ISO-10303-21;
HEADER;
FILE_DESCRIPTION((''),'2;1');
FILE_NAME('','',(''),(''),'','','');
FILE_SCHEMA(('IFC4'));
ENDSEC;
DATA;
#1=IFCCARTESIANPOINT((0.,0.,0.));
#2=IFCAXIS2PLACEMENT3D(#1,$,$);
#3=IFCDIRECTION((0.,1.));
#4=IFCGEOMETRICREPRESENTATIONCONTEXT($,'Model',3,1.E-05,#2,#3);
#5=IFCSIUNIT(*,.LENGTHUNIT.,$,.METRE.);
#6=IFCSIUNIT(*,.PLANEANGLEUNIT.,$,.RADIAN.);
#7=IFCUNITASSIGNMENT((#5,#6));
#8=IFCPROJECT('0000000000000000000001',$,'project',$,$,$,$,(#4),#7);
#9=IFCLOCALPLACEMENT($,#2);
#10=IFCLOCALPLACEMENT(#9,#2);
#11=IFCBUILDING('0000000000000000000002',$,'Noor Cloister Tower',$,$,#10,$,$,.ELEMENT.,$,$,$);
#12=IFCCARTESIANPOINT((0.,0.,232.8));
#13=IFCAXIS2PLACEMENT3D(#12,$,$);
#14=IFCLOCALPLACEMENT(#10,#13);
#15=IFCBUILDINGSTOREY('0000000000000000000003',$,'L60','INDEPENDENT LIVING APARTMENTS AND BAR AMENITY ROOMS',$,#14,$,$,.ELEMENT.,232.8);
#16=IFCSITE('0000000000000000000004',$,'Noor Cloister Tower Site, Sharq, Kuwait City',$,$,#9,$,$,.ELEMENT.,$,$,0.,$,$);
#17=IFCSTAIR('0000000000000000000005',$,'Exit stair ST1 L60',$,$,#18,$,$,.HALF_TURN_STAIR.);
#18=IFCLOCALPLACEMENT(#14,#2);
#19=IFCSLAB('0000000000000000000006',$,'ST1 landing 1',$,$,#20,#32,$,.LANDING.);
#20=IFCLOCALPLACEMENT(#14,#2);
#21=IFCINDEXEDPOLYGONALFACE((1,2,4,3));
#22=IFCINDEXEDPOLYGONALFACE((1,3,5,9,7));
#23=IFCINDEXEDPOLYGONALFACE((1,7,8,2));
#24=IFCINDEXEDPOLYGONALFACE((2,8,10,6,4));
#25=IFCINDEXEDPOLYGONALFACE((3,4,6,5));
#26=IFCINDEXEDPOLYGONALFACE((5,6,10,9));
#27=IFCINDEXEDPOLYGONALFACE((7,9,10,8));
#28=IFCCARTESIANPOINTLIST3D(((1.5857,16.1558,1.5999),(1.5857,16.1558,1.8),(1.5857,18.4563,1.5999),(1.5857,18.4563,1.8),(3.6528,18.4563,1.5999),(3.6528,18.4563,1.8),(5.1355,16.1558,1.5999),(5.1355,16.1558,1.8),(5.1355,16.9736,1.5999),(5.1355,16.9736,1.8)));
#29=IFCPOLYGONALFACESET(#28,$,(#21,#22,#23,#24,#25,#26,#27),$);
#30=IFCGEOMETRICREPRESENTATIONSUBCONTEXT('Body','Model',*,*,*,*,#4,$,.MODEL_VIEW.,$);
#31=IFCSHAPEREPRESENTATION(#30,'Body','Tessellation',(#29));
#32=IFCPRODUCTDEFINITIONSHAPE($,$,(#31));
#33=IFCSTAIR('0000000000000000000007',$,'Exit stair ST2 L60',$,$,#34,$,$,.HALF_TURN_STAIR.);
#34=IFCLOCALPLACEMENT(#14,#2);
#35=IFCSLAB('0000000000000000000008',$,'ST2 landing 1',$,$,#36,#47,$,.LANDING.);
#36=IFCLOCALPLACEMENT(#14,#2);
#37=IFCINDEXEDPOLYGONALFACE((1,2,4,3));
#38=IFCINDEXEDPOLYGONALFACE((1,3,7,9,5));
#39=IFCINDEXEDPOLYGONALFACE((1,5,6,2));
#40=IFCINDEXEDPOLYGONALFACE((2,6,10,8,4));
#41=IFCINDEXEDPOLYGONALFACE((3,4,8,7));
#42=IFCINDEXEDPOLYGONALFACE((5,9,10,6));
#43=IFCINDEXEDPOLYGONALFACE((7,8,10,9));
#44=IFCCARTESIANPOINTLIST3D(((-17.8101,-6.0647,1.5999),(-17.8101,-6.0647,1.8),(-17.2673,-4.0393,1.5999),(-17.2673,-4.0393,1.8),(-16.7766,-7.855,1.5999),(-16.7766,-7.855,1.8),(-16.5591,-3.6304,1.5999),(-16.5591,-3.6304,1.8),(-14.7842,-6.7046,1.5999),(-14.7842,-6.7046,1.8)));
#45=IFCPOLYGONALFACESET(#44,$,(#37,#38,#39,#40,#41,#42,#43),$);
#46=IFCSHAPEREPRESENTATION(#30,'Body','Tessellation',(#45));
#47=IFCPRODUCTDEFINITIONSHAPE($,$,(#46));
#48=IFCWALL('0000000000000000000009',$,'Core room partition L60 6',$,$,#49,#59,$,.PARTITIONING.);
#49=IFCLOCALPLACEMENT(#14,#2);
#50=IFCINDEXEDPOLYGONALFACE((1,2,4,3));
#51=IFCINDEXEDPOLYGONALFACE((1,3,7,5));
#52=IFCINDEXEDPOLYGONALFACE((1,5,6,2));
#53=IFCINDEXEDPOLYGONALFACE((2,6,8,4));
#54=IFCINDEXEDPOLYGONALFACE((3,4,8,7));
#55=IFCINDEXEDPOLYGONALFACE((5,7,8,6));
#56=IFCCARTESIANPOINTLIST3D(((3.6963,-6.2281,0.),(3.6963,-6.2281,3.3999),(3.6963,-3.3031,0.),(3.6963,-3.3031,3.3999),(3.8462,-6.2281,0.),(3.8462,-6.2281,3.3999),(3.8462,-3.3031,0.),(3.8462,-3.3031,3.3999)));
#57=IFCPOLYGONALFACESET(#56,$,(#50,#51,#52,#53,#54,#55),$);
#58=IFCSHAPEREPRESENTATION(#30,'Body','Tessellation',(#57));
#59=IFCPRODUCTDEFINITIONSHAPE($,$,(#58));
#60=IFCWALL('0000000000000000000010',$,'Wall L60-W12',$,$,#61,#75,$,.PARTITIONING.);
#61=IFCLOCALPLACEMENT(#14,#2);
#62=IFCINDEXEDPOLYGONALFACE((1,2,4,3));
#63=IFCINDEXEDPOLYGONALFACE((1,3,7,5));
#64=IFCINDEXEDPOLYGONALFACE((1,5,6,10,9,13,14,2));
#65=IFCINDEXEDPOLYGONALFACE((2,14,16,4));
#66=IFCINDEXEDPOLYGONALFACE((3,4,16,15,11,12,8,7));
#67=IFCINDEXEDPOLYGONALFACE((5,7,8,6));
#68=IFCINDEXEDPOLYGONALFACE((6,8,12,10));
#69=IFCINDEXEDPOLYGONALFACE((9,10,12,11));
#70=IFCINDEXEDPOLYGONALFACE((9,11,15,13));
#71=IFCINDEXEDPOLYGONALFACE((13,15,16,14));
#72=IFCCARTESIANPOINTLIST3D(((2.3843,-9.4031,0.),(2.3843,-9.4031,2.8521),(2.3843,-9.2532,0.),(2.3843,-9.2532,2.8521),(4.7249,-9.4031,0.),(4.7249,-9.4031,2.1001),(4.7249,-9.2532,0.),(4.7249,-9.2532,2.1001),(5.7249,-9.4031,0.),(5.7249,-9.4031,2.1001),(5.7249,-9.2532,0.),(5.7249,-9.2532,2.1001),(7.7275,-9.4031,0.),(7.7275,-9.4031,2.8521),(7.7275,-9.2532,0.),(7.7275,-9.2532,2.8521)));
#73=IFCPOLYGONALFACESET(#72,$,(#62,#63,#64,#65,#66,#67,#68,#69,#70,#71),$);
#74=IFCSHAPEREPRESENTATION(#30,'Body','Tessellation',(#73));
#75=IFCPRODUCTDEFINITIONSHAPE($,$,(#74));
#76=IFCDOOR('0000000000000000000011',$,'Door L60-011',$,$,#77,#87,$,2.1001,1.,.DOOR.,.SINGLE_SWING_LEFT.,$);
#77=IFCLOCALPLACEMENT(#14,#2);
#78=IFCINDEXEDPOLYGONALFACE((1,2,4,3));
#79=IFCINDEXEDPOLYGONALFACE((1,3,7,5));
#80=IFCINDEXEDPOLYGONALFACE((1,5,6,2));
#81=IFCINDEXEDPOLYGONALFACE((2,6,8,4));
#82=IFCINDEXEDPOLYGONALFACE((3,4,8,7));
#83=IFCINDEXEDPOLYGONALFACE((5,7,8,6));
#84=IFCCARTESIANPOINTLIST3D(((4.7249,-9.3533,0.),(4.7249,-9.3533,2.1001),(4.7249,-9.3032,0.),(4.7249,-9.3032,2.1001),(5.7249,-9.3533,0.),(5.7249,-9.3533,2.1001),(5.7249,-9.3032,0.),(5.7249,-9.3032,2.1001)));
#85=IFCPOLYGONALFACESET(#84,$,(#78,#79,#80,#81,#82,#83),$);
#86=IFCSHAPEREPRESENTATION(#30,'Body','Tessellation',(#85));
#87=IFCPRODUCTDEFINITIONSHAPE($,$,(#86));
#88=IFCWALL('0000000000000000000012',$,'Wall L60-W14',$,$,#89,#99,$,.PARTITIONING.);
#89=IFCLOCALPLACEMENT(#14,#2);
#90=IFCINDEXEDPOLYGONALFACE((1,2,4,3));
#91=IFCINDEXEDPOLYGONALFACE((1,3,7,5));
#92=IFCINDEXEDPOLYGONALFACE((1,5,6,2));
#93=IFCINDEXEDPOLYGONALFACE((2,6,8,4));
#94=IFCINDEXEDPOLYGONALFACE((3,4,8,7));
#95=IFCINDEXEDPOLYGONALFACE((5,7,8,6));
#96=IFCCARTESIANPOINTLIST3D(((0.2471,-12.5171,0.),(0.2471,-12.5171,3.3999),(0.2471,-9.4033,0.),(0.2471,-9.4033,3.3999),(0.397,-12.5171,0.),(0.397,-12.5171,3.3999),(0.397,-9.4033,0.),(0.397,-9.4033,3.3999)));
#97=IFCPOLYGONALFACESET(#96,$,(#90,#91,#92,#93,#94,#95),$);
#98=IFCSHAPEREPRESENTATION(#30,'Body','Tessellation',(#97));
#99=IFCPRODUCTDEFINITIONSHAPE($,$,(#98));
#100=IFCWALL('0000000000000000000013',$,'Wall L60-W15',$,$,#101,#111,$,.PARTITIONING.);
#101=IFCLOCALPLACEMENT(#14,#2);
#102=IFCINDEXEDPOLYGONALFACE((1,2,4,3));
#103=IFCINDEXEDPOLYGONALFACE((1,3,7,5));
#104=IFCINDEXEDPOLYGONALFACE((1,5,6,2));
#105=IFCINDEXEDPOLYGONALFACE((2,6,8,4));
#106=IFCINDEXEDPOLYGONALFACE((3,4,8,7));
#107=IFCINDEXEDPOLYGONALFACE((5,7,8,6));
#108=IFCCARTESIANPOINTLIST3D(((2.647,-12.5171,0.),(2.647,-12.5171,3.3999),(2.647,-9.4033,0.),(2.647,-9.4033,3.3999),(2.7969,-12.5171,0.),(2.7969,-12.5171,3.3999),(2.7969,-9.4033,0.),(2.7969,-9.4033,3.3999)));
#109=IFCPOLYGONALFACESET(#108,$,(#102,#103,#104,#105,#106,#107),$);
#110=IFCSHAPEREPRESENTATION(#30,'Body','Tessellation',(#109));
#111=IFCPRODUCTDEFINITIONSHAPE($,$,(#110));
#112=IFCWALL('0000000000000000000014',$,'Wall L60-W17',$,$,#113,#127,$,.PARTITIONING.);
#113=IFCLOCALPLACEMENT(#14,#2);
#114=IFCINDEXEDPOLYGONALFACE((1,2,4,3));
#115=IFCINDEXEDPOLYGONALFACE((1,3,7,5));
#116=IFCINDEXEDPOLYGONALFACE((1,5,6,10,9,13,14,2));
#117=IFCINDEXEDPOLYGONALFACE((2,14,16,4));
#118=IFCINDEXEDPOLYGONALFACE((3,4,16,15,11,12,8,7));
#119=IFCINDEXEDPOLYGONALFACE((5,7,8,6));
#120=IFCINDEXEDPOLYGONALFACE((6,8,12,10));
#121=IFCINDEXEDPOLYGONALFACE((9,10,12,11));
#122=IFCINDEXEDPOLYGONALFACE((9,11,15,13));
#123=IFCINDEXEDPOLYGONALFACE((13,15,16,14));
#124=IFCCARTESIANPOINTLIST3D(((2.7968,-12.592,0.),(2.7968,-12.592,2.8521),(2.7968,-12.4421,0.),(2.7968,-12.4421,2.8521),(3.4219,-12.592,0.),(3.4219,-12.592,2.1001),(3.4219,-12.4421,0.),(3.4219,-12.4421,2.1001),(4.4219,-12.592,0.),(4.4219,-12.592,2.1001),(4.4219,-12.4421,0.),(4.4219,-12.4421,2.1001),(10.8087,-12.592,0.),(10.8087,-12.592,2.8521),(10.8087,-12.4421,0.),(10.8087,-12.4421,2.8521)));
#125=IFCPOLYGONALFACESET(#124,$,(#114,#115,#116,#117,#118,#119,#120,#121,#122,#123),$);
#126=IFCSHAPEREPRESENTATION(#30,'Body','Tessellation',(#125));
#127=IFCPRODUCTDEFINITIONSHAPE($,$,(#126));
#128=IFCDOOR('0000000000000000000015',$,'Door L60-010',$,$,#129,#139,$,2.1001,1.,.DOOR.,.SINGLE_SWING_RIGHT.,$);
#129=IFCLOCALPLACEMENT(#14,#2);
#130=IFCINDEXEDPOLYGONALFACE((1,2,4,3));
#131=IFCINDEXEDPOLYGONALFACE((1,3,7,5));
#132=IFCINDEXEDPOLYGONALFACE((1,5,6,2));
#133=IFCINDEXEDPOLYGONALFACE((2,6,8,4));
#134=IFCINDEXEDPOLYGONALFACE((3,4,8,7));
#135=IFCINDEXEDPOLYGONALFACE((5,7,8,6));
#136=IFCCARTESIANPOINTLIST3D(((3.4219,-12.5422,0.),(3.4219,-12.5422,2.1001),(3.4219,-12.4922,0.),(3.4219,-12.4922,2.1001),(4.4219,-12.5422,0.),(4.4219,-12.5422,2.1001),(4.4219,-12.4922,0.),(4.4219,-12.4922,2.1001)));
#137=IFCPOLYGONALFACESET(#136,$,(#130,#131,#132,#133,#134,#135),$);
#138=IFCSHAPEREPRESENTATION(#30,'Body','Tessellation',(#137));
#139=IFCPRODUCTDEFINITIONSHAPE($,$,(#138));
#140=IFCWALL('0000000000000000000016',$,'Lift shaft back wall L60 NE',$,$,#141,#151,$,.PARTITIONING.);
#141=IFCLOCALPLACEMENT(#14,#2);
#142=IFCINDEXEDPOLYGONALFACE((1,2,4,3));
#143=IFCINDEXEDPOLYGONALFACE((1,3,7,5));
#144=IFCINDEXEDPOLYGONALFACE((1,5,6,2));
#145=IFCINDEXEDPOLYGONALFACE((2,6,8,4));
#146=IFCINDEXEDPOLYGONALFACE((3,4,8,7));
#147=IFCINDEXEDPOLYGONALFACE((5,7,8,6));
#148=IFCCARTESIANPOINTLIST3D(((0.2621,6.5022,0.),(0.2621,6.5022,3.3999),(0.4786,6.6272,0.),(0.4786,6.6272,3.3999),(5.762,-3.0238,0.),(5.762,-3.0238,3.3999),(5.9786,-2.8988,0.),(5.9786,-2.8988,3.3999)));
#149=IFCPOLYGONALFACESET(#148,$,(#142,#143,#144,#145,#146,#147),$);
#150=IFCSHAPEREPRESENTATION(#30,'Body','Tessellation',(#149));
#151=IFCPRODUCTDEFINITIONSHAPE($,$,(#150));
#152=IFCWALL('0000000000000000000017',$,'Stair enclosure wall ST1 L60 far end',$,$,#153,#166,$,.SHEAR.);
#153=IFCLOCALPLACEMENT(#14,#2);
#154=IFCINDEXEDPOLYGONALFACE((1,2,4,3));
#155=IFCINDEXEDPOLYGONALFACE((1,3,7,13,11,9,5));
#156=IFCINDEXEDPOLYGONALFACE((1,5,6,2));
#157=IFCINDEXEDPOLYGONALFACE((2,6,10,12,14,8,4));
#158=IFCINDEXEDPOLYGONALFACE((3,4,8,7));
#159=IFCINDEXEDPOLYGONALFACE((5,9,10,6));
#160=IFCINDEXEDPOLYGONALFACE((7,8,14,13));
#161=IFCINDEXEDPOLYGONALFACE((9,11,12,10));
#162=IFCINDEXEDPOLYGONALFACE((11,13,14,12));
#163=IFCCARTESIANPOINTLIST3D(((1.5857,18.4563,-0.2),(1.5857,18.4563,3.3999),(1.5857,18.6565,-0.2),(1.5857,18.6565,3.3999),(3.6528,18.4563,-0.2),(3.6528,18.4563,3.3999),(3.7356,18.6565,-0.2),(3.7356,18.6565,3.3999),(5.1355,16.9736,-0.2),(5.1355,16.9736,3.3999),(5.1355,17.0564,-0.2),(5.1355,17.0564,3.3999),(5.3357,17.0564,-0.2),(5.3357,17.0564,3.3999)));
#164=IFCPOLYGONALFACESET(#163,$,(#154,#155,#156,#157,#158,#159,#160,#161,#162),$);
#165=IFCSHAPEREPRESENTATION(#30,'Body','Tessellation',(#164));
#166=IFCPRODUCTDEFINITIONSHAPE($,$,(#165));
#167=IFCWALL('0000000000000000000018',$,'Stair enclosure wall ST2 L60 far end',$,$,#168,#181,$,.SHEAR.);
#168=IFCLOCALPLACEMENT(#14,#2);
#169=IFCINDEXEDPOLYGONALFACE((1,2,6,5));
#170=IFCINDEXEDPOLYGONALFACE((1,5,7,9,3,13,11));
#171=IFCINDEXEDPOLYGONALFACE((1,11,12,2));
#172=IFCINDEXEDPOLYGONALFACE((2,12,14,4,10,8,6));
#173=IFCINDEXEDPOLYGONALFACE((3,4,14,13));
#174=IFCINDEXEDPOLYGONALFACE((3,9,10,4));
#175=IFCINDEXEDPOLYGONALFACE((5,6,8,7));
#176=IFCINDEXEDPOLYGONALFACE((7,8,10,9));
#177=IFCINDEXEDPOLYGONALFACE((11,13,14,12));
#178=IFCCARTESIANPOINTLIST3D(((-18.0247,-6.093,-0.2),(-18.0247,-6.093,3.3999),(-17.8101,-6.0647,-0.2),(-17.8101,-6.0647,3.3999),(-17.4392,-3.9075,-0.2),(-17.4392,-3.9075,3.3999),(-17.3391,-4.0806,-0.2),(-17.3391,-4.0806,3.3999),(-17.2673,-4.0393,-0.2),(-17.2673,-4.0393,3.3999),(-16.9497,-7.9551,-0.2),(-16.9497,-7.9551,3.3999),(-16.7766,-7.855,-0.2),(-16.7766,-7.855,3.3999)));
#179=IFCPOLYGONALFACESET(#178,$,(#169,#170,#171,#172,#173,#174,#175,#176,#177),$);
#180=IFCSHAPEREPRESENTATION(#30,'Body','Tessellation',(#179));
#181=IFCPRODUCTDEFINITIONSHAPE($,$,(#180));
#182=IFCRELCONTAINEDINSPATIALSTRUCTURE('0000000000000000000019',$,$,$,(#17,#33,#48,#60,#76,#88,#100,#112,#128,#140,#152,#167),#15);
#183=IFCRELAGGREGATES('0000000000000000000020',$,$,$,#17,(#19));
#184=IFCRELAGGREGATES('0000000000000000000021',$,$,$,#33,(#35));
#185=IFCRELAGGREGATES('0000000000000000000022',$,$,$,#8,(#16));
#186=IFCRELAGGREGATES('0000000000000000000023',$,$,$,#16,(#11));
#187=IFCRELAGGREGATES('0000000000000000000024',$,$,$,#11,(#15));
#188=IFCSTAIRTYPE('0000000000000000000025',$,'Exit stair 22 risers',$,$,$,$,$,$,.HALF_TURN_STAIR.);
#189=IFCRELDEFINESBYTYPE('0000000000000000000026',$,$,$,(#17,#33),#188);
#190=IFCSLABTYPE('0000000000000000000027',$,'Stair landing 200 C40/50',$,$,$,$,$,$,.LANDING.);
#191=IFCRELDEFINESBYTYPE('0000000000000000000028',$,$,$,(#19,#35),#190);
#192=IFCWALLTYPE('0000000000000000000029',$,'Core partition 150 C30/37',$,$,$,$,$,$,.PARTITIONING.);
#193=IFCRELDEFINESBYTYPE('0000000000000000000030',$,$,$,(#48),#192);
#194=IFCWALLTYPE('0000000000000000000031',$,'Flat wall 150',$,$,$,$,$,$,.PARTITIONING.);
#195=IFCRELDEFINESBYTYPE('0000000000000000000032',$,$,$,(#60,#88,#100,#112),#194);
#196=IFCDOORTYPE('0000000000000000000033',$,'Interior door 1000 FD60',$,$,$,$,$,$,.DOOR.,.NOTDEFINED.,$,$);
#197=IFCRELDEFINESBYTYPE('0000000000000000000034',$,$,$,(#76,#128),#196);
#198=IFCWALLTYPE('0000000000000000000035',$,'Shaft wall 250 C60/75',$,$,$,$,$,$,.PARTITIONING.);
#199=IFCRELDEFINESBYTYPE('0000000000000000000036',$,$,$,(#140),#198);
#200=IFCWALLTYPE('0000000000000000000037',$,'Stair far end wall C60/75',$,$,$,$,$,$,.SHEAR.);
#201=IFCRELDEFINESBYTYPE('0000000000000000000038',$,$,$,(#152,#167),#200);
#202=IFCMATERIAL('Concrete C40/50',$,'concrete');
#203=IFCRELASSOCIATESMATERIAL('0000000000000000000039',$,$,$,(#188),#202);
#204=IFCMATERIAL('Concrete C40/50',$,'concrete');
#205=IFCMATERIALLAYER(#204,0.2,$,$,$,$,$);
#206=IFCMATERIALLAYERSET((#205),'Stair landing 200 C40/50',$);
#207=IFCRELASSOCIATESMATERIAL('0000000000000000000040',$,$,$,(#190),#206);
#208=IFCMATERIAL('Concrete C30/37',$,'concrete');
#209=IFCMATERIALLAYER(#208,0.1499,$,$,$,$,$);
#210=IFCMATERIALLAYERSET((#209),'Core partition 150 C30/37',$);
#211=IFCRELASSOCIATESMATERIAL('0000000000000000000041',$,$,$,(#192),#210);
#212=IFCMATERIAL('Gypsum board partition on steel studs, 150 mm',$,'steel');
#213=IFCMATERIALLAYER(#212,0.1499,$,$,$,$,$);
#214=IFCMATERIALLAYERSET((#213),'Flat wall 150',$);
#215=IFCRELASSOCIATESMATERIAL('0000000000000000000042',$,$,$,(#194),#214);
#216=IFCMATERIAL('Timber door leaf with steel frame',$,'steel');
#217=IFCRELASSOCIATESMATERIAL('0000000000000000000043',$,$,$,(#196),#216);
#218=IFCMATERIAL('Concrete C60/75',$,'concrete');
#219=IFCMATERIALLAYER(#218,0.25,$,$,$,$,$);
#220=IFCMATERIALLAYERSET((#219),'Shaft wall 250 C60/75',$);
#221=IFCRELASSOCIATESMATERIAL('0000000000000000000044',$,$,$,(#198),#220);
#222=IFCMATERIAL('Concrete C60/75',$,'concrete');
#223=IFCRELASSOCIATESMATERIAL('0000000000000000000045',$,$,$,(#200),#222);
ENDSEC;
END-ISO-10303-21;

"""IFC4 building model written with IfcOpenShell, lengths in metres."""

from ifc_helpers import new_model, si_unit, direction, frame, frame_2d, origin, place, context, subcontext, project, spatial, polyline, rectangle, outline, extrude, material, layer, layer_set, type_object, element, fill, aggregate, save


model = new_model("IFC4")

# Units and contexts
model_context = context("Model", 3, precision=1e-05, world=origin(), true_north=direction((0.0, 1.0)))
body_context = subcontext(model_context, "Body", "Model", "MODEL_VIEW")
ifc_project = project(units=[si_unit("LENGTHUNIT", "METRE"), si_unit("PLANEANGLEUNIT", "RADIAN")], contexts=[model_context])

# Site, building, storey
site_placement = place(None, origin())
site = spatial("IfcSite", under=ifc_project, at=site_placement, Name="Noor Cloister Tower Site, Sharq, Kuwait City", CompositionType="ELEMENT", RefElevation=0.0)
building_placement = place(site_placement, origin())
building = spatial("IfcBuilding", under=site, at=building_placement, Name="Noor Cloister Tower", CompositionType="ELEMENT")
storey_placement = place(building_placement, frame((0.0, 0.0, 232.8)))
storey = spatial("IfcBuildingStorey", under=building, at=storey_placement, Name="L60", Description="INDEPENDENT LIVING APARTMENTS AND BAR AMENITY ROOMS", CompositionType="ELEMENT", Elevation=232.8)

# Stairs, slabs
ifc_material_1 = material(Name="Concrete C40/50", Category="concrete")
stair_type = type_object("IfcStairType", Name="Exit stair 22 risers", PredefinedType="HALF_TURN_STAIR", material=ifc_material_1)
stair_1_placement = place(storey_placement, origin())
stair_1 = element("IfcStair", 1, at=stair_1_placement, inside=storey, type_object=stair_type, Name="Exit stair ST1 L60", PredefinedType="HALF_TURN_STAIR")
ifc_material_2 = material(Name="Concrete C40/50", Category="concrete")
ifc_layer_1 = layer(ifc_material_2, 0.2)
ifc_layer_set_1 = layer_set([ifc_layer_1], Name="Stair landing 200 C40/50")
slab_type_1 = type_object("IfcSlabType", Name="Stair landing 200 C40/50", PredefinedType="LANDING", material=ifc_layer_set_1)
slab_1_placement = place(storey_placement, frame((0.0, 0.0, 1.5999)))
slab_1 = element("IfcSlab", 2, at=slab_1_placement, type_object=slab_type_1, Name="ST1 landing 1", PredefinedType="LANDING", context=body_context, shape_type="SweptSolid", body=[
    extrude(outline(polyline([(5.1355, 16.1558), (5.1355, 16.9736), (3.6528, 18.4563), (1.5857, 18.4563), (1.5857, 16.1558), (5.1355, 16.1558)])), origin(), (0.0, 0.0, 1.0), 0.2002),
])
aggregate(stair_1, [slab_1])
stair_2_placement = place(storey_placement, origin())
stair_2 = element("IfcStair", 3, at=stair_2_placement, inside=storey, type_object=stair_type, Name="Exit stair ST2 L60", PredefinedType="HALF_TURN_STAIR")
slab_2_placement = place(storey_placement, frame((0.0, 0.0, 1.5999)))
slab_2 = element("IfcSlab", 4, at=slab_2_placement, type_object=slab_type_1, Name="ST2 landing 1", PredefinedType="LANDING", context=body_context, shape_type="SweptSolid", body=[
    extrude(outline(polyline([(-16.5591, -3.6304), (-17.2673, -4.0393), (-17.8101, -6.0647), (-16.7766, -7.855), (-14.7842, -6.7046), (-16.5591, -3.6304)])), origin(), (0.0, 0.0, 1.0), 0.2002),
])
aggregate(stair_2, [slab_2])

# Wall
ifc_material_3 = material(Name="Concrete C30/37", Category="concrete")
ifc_layer_2 = layer(ifc_material_3, 0.1499)
ifc_layer_set_2 = layer_set([ifc_layer_2], Name="Core partition 150 C30/37")
wall_type_1 = type_object("IfcWallType", Name="Core partition 150 C30/37", PredefinedType="PARTITIONING", material=ifc_layer_set_2)
wall_1_placement = place(storey_placement, frame((3.7712, -3.3032, 0.0), z_axis=(0.0, 0.0, 1.0), x_axis=(0.0, -1.0, 0.0)))
element("IfcWall", 5, at=wall_1_placement, inside=storey, type_object=wall_type_1, Name="Core room partition L60 6", PredefinedType="PARTITIONING", context=body_context, shape_type="SweptSolid", body=[
    extrude(rectangle(XDim=2.925, YDim=0.1499, at=frame_2d((1.4624, 0.0))), origin(), (0.0, 0.0, 1.0), 3.3999),
])

# Wall, opening, door
ifc_material_4 = material(Name="Gypsum board partition on steel studs, 150 mm", Category="steel")
ifc_layer_3 = layer(ifc_material_4, 0.1499)
ifc_layer_set_3 = layer_set([ifc_layer_3], Name="Flat wall 150")
wall_type_2 = type_object("IfcWallType", Name="Flat wall 150", PredefinedType="PARTITIONING", material=ifc_layer_set_3)
wall_2_placement = place(storey_placement, frame((2.3843, -9.3281, 0.0), z_axis=(0.0, 0.0, 1.0), x_axis=(1.0, 0.0, 0.0)))
wall_2 = element("IfcWall", 6, at=wall_2_placement, inside=storey, type_object=wall_type_2, Name="Wall L60-W12", PredefinedType="PARTITIONING", context=body_context, shape_type="SweptSolid", body=[
    extrude(rectangle(XDim=5.3433, YDim=0.1499, at=frame_2d((2.6716, 0.0))), origin(), (0.0, 0.0, 1.0), 2.8521),
])
opening_1_placement = place(wall_2_placement, frame((2.3406, 0.0, 0.0)))
opening_1 = element("IfcOpeningElement", 7, at=opening_1_placement, cuts=wall_2, PredefinedType="OPENING", context=body_context, shape_type="SweptSolid", body=[
    extrude(rectangle(XDim=1.0, YDim=2.1001, at=frame_2d((0.5, 1.05))), frame((0.0, 0.085, 0.0), z_axis=(0.0, -1.0, 0.0), x_axis=(1.0, 0.0, 0.0)), (0.0, 0.0, 1.0), 0.1699),
])
ifc_material_5 = material(Name="Timber door leaf with steel frame", Category="steel")
door_type = type_object("IfcDoorType", Name="Interior door 1000 FD60", OperationType="NOTDEFINED", PredefinedType="DOOR", material=ifc_material_5)
door_1_placement = place(opening_1_placement, origin())
door_1 = element("IfcDoor", 8, at=door_1_placement, inside=storey, type_object=door_type, Name="Door L60-011", OperationType="SINGLE_SWING_LEFT", OverallHeight=2.1001, OverallWidth=1.0, PredefinedType="DOOR", context=body_context, shape_type="SweptSolid", body=[
    extrude(rectangle(XDim=1.0, YDim=2.1001, at=frame_2d((0.5, 1.05))), frame((0.0, 0.0249, 0.0), z_axis=(0.0, -1.0, 0.0), x_axis=(1.0, 0.0, 0.0)), (0.0, 0.0, 1.0), 0.05),
])
fill(opening_1, door_1)

# Walls
for number, where, z_axis, x_axis, name in (
    (9, (0.322, -9.4033, 0.0), (0.0, 0.0, 1.0), (0.0, -1.0, 0.0), "Wall L60-W14"),
    (10, (2.7219, -9.4033, 0.0), (0.0, 0.0, 1.0), (0.0, -1.0, 0.0), "Wall L60-W15"),
):
    element("IfcWall", number, at=place(storey_placement, frame(where, z_axis=z_axis, x_axis=x_axis)), inside=storey, type_object=wall_type_2, Name=name, PredefinedType="PARTITIONING", context=body_context, shape_type="SweptSolid", body=[
        extrude(rectangle(XDim=3.1138, YDim=0.1499, at=frame_2d((1.5569, 0.0))), origin(), (0.0, 0.0, 1.0), 3.3999),
    ])

# Wall, opening, door
wall_3_placement = place(storey_placement, frame((2.7969, -12.5171, 0.0), z_axis=(0.0, 0.0, 1.0), x_axis=(1.0, 0.0, 0.0)))
wall_3 = element("IfcWall", 11, at=wall_3_placement, inside=storey, type_object=wall_type_2, Name="Wall L60-W17", PredefinedType="PARTITIONING", context=body_context, shape_type="SweptSolid", body=[
    extrude(rectangle(XDim=8.012, YDim=0.1499, at=frame_2d((4.0059, 0.0))), origin(), (0.0, 0.0, 1.0), 2.8521),
])
opening_2_placement = place(wall_3_placement, frame((0.625, 0.0, 0.0)))
opening_2 = element("IfcOpeningElement", 12, at=opening_2_placement, cuts=wall_3, PredefinedType="OPENING", context=body_context, shape_type="SweptSolid", body=[
    extrude(rectangle(XDim=1.0, YDim=2.1001, at=frame_2d((0.5, 1.05))), frame((0.0, 0.085, 0.0), z_axis=(0.0, -1.0, 0.0), x_axis=(1.0, 0.0, 0.0)), (0.0, 0.0, 1.0), 0.1699),
])
door_2_placement = place(opening_2_placement, origin())
door_2 = element("IfcDoor", 13, at=door_2_placement, inside=storey, type_object=door_type, Name="Door L60-010", OperationType="SINGLE_SWING_RIGHT", OverallHeight=2.1001, OverallWidth=1.0, PredefinedType="DOOR", context=body_context, shape_type="SweptSolid", body=[
    extrude(rectangle(XDim=1.0, YDim=2.1001, at=frame_2d((0.5, 1.05))), frame((0.0, 0.0249, 0.0), z_axis=(0.0, -1.0, 0.0), x_axis=(1.0, 0.0, 0.0)), (0.0, 0.0, 1.0), 0.05),
])
fill(opening_2, door_2)

# Walls
ifc_material_6 = material(Name="Concrete C60/75", Category="concrete")
ifc_layer_4 = layer(ifc_material_6, 0.25)
ifc_layer_set_4 = layer_set([ifc_layer_4], Name="Shaft wall 250 C60/75")
wall_type_3 = type_object("IfcWallType", Name="Shaft wall 250 C60/75", PredefinedType="PARTITIONING", material=ifc_layer_set_4)
wall_4_placement = place(storey_placement, frame((5.8704, -2.9614, 0.0), z_axis=(0.0, 0.0, 1.0), x_axis=(-0.500006, 0.866022, 0.0)))
element("IfcWall", 14, at=wall_4_placement, inside=storey, type_object=wall_type_3, Name="Lift shaft back wall L60 NE", PredefinedType="PARTITIONING", context=body_context, shape_type="SweptSolid", body=[
    extrude(rectangle(XDim=10.9998, YDim=0.25, at=frame_2d((5.5, 0.0))), origin(), (0.0, 0.0, 1.0), 3.3999),
])
ifc_material_7 = material(Name="Concrete C60/75", Category="concrete")
wall_type_4 = type_object("IfcWallType", Name="Stair far end wall C60/75", PredefinedType="SHEAR", material=ifc_material_7)
wall_5_placement = place(storey_placement, frame((0.0, 0.0, -0.2)))
element("IfcWall", 15, at=wall_5_placement, inside=storey, type_object=wall_type_4, Name="Stair enclosure wall ST1 L60 far end", PredefinedType="SHEAR", context=body_context, shape_type="SweptSolid", body=[
    extrude(outline(polyline([(5.3357, 17.0564), (3.7356, 18.6565), (1.5857, 18.6565), (1.5857, 18.4563), (3.6528, 18.4563), (5.1355, 16.9736), (5.1355, 17.0564), (5.1355, 17.0564), (5.1355, 17.0564), (5.1355, 17.0564), (5.1355, 17.0564), (5.1355, 17.0564), (5.1355, 17.0564), (5.1355, 17.0564), (5.1355, 17.0564), (5.1355, 17.0564), (5.1355, 17.0564), (5.1355, 17.0564), (5.1355, 17.0564), (5.1355, 17.0564), (5.1355, 17.0564), (5.1355, 17.0564), (5.1355, 17.0564), (5.3357, 17.0564)])), origin(), (0.0, 0.0, 1.0), 3.5999),
])
wall_6_placement = place(storey_placement, frame((0.0, 0.0, -0.2)))
element("IfcWall", 16, at=wall_6_placement, inside=storey, type_object=wall_type_4, Name="Stair enclosure wall ST2 L60 far end", PredefinedType="SHEAR", context=body_context, shape_type="SweptSolid", body=[
    extrude(outline(polyline([(-17.4392, -3.9075), (-18.0247, -6.093), (-16.9497, -7.9551), (-16.7766, -7.855), (-17.8101, -6.0647), (-17.2673, -4.0393), (-17.3391, -4.0806), (-17.3391, -4.0806), (-17.3391, -4.0806), (-17.3391, -4.0806), (-17.3391, -4.0806), (-17.3391, -4.0806), (-17.3391, -4.0806), (-17.3391, -4.0806), (-17.3391, -4.0806), (-17.3391, -4.0806), (-17.3391, -4.0806), (-17.3391, -4.0806), (-17.3391, -4.0806), (-17.3391, -4.0806), (-17.3391, -4.0806), (-17.3391, -4.0806), (-17.3391, -4.0806), (-17.4392, -3.9075)])), origin(), (0.0, 0.0, 1.0), 3.5999),
])

save(model, "model.ifc")
